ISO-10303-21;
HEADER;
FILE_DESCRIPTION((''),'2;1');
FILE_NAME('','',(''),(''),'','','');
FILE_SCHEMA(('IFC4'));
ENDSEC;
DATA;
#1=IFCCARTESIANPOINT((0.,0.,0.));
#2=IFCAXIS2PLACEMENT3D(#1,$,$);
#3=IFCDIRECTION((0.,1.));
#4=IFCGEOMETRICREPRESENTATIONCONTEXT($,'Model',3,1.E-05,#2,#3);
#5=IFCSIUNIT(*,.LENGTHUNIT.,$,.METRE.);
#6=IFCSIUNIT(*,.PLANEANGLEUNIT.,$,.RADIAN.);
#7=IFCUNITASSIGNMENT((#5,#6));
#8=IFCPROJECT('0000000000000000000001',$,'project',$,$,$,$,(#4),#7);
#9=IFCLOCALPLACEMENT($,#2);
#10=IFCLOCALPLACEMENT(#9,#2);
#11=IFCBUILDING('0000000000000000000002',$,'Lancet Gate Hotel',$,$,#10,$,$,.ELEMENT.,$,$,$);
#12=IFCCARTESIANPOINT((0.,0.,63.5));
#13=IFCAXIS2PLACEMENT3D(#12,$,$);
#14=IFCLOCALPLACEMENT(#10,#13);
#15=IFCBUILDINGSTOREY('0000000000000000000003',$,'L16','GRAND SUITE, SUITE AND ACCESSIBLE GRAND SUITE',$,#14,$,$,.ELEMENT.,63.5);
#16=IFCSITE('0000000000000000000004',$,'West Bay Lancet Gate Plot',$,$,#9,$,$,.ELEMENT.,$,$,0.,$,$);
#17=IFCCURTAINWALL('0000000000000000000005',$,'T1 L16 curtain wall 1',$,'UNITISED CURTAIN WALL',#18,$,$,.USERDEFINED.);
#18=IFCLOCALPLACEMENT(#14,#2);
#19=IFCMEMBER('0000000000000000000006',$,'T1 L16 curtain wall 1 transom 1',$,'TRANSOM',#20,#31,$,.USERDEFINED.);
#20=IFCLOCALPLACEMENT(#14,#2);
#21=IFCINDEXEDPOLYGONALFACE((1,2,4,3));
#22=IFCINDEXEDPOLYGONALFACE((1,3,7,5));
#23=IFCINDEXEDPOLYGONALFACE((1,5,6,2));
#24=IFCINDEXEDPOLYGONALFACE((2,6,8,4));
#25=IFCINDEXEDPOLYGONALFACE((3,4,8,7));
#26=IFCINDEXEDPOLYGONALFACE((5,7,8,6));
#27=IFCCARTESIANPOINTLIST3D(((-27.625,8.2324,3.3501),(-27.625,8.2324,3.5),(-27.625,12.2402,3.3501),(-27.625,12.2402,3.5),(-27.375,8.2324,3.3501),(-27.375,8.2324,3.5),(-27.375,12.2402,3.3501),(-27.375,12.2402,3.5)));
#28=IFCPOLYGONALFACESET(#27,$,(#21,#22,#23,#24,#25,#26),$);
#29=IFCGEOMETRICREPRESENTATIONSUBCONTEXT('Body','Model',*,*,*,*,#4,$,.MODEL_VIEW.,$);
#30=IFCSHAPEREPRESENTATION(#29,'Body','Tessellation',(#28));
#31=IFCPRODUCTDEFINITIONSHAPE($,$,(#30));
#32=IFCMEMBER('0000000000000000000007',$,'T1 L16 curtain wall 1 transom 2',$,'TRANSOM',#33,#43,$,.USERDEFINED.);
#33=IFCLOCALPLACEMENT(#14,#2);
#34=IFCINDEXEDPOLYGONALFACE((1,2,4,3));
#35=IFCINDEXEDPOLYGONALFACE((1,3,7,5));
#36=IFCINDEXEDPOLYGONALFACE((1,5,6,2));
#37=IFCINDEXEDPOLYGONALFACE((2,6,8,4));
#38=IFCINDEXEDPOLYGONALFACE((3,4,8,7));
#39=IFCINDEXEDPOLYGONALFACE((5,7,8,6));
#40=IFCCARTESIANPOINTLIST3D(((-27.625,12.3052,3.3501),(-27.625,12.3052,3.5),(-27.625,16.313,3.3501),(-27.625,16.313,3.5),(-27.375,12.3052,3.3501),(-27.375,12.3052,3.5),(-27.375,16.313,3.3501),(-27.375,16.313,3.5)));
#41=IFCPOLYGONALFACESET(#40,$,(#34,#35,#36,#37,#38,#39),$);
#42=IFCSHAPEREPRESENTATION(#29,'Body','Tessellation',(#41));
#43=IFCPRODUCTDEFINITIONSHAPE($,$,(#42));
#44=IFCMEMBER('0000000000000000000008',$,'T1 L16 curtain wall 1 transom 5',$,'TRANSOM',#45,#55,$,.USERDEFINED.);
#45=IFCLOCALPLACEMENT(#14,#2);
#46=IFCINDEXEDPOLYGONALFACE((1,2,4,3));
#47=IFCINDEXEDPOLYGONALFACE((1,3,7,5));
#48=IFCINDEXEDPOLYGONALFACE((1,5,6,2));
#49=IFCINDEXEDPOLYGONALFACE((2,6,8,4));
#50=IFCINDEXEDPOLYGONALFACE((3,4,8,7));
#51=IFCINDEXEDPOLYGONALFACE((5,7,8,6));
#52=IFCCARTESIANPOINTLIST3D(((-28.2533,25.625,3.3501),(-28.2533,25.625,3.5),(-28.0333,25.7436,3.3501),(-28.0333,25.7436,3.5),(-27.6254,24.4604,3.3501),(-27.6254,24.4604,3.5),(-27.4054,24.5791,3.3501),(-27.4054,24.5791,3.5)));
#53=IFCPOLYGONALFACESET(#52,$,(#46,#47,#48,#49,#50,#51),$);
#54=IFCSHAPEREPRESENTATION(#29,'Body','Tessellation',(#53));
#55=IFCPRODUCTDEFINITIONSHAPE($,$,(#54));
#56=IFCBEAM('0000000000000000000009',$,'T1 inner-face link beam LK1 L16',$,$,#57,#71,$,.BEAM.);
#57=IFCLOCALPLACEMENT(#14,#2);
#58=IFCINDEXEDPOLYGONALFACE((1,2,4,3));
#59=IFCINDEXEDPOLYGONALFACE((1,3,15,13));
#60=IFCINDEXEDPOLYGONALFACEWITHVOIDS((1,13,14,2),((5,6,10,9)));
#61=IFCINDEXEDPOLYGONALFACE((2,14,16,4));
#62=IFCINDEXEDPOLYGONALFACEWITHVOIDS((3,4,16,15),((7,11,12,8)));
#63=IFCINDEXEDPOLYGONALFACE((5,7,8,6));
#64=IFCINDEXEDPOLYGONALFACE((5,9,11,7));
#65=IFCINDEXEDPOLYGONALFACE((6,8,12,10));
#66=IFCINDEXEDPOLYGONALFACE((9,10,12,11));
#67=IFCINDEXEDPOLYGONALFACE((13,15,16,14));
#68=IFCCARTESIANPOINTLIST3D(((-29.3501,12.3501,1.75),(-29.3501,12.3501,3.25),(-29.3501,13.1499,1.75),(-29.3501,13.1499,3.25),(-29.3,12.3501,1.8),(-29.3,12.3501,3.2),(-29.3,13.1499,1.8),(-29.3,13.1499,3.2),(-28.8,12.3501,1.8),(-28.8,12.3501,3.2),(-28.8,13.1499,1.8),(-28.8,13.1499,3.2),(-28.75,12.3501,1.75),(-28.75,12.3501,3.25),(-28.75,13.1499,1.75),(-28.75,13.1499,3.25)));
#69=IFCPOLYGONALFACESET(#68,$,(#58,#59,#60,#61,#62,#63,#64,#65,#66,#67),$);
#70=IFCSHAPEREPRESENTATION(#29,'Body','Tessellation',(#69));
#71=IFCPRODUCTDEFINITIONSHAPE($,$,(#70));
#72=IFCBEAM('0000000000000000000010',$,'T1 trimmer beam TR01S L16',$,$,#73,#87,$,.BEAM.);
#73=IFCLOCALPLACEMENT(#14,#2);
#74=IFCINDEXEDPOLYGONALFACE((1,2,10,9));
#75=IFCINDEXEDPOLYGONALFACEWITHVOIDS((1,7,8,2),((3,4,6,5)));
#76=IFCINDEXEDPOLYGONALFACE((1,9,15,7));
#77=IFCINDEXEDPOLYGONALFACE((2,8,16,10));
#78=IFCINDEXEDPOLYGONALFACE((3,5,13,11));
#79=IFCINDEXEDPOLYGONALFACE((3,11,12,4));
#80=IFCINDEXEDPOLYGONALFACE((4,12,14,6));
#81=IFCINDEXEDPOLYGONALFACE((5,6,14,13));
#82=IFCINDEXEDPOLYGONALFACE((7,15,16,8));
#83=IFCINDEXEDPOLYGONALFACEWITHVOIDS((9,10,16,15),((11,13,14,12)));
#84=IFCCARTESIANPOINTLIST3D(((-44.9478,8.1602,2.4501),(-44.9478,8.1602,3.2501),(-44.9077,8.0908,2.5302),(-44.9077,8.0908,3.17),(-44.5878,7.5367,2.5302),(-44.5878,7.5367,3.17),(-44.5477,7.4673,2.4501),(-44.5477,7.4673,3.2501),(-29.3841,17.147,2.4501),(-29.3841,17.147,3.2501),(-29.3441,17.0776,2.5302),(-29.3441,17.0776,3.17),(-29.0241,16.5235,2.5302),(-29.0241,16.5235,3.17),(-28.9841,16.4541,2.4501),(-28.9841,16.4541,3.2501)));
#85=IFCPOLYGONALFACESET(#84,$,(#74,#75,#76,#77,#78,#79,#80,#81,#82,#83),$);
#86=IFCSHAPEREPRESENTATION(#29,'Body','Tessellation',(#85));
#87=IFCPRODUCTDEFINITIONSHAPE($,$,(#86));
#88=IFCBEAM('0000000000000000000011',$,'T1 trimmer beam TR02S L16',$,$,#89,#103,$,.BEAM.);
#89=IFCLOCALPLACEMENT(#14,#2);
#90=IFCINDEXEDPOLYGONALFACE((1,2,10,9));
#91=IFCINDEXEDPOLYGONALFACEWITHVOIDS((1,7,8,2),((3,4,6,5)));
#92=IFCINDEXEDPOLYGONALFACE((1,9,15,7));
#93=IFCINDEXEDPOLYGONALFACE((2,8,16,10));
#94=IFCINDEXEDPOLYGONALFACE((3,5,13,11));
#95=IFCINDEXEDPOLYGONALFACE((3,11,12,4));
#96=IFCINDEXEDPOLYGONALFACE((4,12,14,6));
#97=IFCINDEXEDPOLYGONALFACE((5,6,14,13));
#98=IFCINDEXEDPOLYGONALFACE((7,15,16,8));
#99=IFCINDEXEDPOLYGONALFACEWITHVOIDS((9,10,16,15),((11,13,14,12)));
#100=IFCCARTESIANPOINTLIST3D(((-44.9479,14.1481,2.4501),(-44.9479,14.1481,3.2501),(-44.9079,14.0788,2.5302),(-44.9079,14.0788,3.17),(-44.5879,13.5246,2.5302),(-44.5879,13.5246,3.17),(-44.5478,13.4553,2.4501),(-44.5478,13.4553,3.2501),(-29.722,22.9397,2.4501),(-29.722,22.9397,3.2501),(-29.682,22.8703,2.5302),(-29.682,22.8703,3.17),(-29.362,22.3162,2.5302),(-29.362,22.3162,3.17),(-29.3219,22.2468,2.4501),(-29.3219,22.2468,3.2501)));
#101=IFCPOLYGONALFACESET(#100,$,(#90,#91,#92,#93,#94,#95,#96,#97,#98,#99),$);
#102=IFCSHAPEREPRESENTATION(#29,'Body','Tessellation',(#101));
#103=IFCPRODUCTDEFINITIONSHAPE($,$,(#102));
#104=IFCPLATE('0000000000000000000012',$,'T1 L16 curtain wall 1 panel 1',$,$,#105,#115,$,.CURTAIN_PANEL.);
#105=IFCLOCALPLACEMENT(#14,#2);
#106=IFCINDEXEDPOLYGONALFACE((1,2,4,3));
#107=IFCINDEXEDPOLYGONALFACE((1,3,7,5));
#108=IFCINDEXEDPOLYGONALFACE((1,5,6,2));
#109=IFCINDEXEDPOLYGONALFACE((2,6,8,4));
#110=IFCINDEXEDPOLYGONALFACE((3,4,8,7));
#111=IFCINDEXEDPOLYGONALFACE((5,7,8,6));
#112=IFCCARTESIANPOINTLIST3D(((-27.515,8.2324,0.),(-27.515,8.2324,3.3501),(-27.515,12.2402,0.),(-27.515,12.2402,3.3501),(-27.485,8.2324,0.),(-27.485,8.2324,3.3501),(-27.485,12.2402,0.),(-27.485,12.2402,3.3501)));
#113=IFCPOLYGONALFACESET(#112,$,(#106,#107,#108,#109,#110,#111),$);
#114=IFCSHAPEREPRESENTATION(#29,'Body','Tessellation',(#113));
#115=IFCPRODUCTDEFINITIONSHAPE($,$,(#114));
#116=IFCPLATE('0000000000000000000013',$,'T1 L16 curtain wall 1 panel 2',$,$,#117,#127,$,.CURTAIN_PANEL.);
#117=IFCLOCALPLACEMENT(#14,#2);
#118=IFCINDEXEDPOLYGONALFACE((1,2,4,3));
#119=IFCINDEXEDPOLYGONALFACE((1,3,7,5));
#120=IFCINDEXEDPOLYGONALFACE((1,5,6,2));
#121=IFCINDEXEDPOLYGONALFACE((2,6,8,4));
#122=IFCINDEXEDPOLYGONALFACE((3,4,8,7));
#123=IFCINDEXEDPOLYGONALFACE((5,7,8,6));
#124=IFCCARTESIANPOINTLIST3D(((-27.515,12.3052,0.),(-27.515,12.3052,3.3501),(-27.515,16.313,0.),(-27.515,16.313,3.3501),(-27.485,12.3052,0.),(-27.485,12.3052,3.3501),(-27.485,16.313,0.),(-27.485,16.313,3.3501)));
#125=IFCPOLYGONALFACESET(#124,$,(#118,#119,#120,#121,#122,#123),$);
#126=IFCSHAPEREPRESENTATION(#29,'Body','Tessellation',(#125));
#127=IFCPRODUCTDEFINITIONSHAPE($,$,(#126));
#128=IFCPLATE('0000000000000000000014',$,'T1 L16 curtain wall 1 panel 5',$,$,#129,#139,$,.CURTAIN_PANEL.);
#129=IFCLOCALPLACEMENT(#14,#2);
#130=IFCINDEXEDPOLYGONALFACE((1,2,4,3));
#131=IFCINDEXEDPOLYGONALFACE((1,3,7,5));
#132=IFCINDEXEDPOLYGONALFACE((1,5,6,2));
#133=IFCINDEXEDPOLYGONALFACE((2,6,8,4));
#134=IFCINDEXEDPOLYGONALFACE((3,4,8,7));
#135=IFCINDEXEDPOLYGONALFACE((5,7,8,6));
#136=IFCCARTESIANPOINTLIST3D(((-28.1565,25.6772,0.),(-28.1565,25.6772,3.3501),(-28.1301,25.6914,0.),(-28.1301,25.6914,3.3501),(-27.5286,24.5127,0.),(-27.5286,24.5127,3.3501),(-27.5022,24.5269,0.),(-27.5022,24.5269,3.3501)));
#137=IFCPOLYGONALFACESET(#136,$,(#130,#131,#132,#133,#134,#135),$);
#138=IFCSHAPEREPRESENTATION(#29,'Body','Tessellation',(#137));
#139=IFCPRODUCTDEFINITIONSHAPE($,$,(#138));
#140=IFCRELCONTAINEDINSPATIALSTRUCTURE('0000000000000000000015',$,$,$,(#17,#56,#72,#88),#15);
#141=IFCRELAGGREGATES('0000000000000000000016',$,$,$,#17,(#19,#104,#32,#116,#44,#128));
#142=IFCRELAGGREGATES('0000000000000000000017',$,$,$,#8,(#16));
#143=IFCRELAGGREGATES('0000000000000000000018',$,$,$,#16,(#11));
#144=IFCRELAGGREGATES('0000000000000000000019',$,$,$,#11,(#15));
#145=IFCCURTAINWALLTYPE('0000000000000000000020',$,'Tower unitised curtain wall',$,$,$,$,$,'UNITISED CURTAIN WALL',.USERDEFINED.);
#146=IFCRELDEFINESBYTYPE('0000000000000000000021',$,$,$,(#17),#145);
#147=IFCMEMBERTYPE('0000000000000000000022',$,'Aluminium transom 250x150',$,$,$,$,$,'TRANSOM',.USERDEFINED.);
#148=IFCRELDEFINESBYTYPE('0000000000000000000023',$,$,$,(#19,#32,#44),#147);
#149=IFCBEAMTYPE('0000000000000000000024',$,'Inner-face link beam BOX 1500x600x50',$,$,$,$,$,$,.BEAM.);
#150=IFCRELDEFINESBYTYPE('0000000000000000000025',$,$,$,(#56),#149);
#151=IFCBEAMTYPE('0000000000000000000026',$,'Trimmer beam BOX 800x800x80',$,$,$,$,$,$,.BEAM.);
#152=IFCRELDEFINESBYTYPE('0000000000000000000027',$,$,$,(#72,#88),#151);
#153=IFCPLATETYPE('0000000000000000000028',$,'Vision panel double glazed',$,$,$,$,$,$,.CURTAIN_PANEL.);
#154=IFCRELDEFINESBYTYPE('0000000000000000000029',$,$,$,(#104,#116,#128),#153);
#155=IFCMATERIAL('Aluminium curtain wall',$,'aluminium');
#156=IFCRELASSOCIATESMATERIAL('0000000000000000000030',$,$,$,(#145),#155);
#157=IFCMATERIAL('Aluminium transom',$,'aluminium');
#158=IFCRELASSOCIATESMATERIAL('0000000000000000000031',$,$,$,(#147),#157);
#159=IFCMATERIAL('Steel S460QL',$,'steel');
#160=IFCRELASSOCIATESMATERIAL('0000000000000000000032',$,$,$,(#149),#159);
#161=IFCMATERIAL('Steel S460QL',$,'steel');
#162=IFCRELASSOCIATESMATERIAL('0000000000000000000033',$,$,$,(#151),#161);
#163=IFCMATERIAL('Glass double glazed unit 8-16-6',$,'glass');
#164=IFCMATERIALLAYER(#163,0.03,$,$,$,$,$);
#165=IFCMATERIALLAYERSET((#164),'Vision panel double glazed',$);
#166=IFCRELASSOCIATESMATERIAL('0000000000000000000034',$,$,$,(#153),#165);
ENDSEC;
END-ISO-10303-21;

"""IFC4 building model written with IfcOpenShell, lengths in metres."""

from ifc_helpers import new_model, si_unit, direction, frame, origin, origin_2d, place, context, subcontext, project, spatial, rectangle, hollow_rectangle, extrude, material, layer, layer_set, material_profile, profile_set, type_object, element, aggregate, save


model = new_model("IFC4")

# Units and contexts
model_context = context("Model", 3, precision=1e-05, world=origin(), true_north=direction((0.0, 1.0)))
body_context = subcontext(model_context, "Body", "Model", "MODEL_VIEW")
ifc_project = project(units=[si_unit("LENGTHUNIT", "METRE"), si_unit("PLANEANGLEUNIT", "RADIAN")], contexts=[model_context])

# Site, building, storey
site_placement = place(None, origin())
site = spatial("IfcSite", under=ifc_project, at=site_placement, Name="West Bay Lancet Gate Plot", CompositionType="ELEMENT", RefElevation=0.0)
building_placement = place(site_placement, origin())
building = spatial("IfcBuilding", under=site, at=building_placement, Name="Lancet Gate Hotel", CompositionType="ELEMENT")
storey_placement = place(building_placement, frame((0.0, 0.0, 63.5)))
storey = spatial("IfcBuildingStorey", under=building, at=storey_placement, Name="L16", Description="GRAND SUITE, SUITE AND ACCESSIBLE GRAND SUITE", CompositionType="ELEMENT", Elevation=63.5)

# Curtain wall, members
ifc_material_1 = material(Name="Aluminium curtain wall", Category="aluminium")
curtain_wall_type = type_object("IfcCurtainWallType", Name="Tower unitised curtain wall", ElementType="UNITISED CURTAIN WALL", PredefinedType="USERDEFINED", material=ifc_material_1)
curtain_wall_placement = place(storey_placement, origin())
curtain_wall = element("IfcCurtainWall", 1, at=curtain_wall_placement, inside=storey, type_object=curtain_wall_type, Name="T1 L16 curtain wall 1", ObjectType="UNITISED CURTAIN WALL", PredefinedType="USERDEFINED")
ifc_material_2 = material(Name="Aluminium transom", Category="aluminium")
ifc_material_profile_1 = material_profile(ifc_material_2, rectangle(XDim=0.25, YDim=0.1499, at=origin_2d()), Name="TRANSOM 250x150")
ifc_profile_set_1 = profile_set([ifc_material_profile_1], Name="Aluminium transom")
member_type_1 = type_object("IfcMemberType", Name="Aluminium transom 250x150", ElementType="TRANSOM", PredefinedType="USERDEFINED", material=ifc_profile_set_1)
member_1_placement = place(storey_placement, frame((-27.5, 8.2324, 3.425), z_axis=(0.0, 1.0, 0.0), x_axis=(-1.0, 0.0, 0.0)))
member_1 = element("IfcMember", 2, at=member_1_placement, type_object=member_type_1, Name="T1 L16 curtain wall 1 transom 1", ObjectType="TRANSOM", PredefinedType="USERDEFINED", context=body_context, shape_type="SweptSolid", body=[
    extrude(rectangle(XDim=0.25, YDim=0.1499, at=origin_2d()), origin(), (0.0, 0.0, 1.0), 4.0078),
])
member_2_placement = place(storey_placement, frame((-27.5, 12.3052, 3.425), z_axis=(0.0, 1.0, 0.0), x_axis=(-1.0, 0.0, 0.0)))
member_2 = element("IfcMember", 3, at=member_2_placement, type_object=member_type_1, Name="T1 L16 curtain wall 1 transom 2", ObjectType="TRANSOM", PredefinedType="USERDEFINED", context=body_context, shape_type="SweptSolid", body=[
    extrude(rectangle(XDim=0.25, YDim=0.1499, at=origin_2d()), origin(), (0.0, 0.0, 1.0), 4.0078),
])
member_3_placement = place(storey_placement, frame((-27.5154, 24.5198, 3.425), z_axis=(-0.474606, 0.880198, 0.0), x_axis=(-0.880198, -0.474606, 0.0)))
member_3 = element("IfcMember", 4, at=member_3_placement, type_object=member_type_1, Name="T1 L16 curtain wall 1 transom 5", ObjectType="TRANSOM", PredefinedType="USERDEFINED", context=body_context, shape_type="SweptSolid", body=[
    extrude(rectangle(XDim=0.25, YDim=0.1499, at=origin_2d()), origin(), (0.0, 0.0, 1.0), 1.323),
])

# Beams
ifc_material_3 = material(Name="Steel S460QL", Category="steel")
ifc_material_profile_2 = material_profile(ifc_material_3, hollow_rectangle(XDim=0.6001, YDim=1.5, WallThickness=0.05, at=origin_2d()), Name="BOX 1500x600x50")
ifc_profile_set_2 = profile_set([ifc_material_profile_2], Name="Steel S460QL")
beam_type_1 = type_object("IfcBeamType", Name="Inner-face link beam BOX 1500x600x50", PredefinedType="BEAM", material=ifc_profile_set_2)
beam_1_placement = place(storey_placement, frame((-29.05, 13.1499, 2.5), z_axis=(0.0, -1.0, 0.0), x_axis=(1.0, 0.0, 0.0)))
element("IfcBeam", 5, at=beam_1_placement, inside=storey, type_object=beam_type_1, Name="T1 inner-face link beam LK1 L16", PredefinedType="BEAM", context=body_context, shape_type="SweptSolid", body=[
    extrude(hollow_rectangle(XDim=0.6001, YDim=1.5, WallThickness=0.05, at=origin_2d()), origin(), (0.0, 0.0, 1.0), 0.7998),
])
ifc_material_4 = material(Name="Steel S460QL", Category="steel")
ifc_material_profile_3 = material_profile(ifc_material_4, hollow_rectangle(XDim=0.8, YDim=0.8, WallThickness=0.0801, at=origin_2d()), Name="BOX 800x800x80")
ifc_profile_set_3 = profile_set([ifc_material_profile_3], Name="Steel S460QL")
beam_type_2 = type_object("IfcBeamType", Name="Trimmer beam BOX 800x800x80", PredefinedType="BEAM", material=ifc_profile_set_3)
beam_2_placement = place(storey_placement, frame((-29.1841, 16.8005, 2.8501), z_axis=(-0.865999, -0.500046, 0.0), x_axis=(0.500046, -0.865999, 0.0)))
element("IfcBeam", 6, at=beam_2_placement, inside=storey, type_object=beam_type_2, Name="T1 trimmer beam TR01S L16", PredefinedType="BEAM", context=body_context, shape_type="SweptSolid", body=[
    extrude(hollow_rectangle(XDim=0.8, YDim=0.8, WallThickness=0.0801, at=origin_2d()), origin(), (0.0, 0.0, 1.0), 17.9719),
])
beam_3_placement = place(storey_placement, frame((-29.522, 22.5933, 2.8501), z_axis=(-0.866004, -0.500037, 0.0), x_axis=(0.500037, -0.866004, 0.0)))
element("IfcBeam", 7, at=beam_3_placement, inside=storey, type_object=beam_type_2, Name="T1 trimmer beam TR02S L16", PredefinedType="BEAM", context=body_context, shape_type="SweptSolid", body=[
    extrude(hollow_rectangle(XDim=0.8, YDim=0.8, WallThickness=0.0801, at=origin_2d()), origin(), (0.0, 0.0, 1.0), 17.5818),
])

# Plates
ifc_material_5 = material(Name="Glass double glazed unit 8-16-6", Category="glass")
ifc_layer_1 = layer(ifc_material_5, 0.03)
ifc_layer_set_1 = layer_set([ifc_layer_1], Name="Vision panel double glazed")
plate_type = type_object("IfcPlateType", Name="Vision panel double glazed", PredefinedType="CURTAIN_PANEL", material=ifc_layer_set_1)
plate_1_placement = place(storey_placement, frame((-27.5, 10.2363, 0.0), z_axis=(0.0, 0.0, 1.0), x_axis=(0.0, 1.0, 0.0)))
plate_1 = element("IfcPlate", 8, at=plate_1_placement, type_object=plate_type, Name="T1 L16 curtain wall 1 panel 1", PredefinedType="CURTAIN_PANEL", context=body_context, shape_type="SweptSolid", body=[
    extrude(rectangle(XDim=4.0078, YDim=0.03, at=origin_2d()), origin(), (0.0, 0.0, 1.0), 3.3501),
])
plate_2_placement = place(storey_placement, frame((-27.5, 14.3091, 0.0), z_axis=(0.0, 0.0, 1.0), x_axis=(0.0, 1.0, 0.0)))
plate_2 = element("IfcPlate", 9, at=plate_2_placement, type_object=plate_type, Name="T1 L16 curtain wall 1 panel 2", PredefinedType="CURTAIN_PANEL", context=body_context, shape_type="SweptSolid", body=[
    extrude(rectangle(XDim=4.0078, YDim=0.03, at=origin_2d()), origin(), (0.0, 0.0, 1.0), 3.3501),
])
plate_3_placement = place(storey_placement, frame((-27.8293, 25.1021, 0.0), z_axis=(0.0, 0.0, 1.0), x_axis=(-0.474631, 0.880185, 0.0)))
plate_3 = element("IfcPlate", 10, at=plate_3_placement, type_object=plate_type, Name="T1 L16 curtain wall 1 panel 5", PredefinedType="CURTAIN_PANEL", context=body_context, shape_type="SweptSolid", body=[
    extrude(rectangle(XDim=1.323, YDim=0.03, at=origin_2d()), origin(), (0.0, 0.0, 1.0), 3.3501),
])
aggregate(curtain_wall, [member_1, plate_1, member_2, plate_2, member_3, plate_3])

save(model, "model.ifc")
